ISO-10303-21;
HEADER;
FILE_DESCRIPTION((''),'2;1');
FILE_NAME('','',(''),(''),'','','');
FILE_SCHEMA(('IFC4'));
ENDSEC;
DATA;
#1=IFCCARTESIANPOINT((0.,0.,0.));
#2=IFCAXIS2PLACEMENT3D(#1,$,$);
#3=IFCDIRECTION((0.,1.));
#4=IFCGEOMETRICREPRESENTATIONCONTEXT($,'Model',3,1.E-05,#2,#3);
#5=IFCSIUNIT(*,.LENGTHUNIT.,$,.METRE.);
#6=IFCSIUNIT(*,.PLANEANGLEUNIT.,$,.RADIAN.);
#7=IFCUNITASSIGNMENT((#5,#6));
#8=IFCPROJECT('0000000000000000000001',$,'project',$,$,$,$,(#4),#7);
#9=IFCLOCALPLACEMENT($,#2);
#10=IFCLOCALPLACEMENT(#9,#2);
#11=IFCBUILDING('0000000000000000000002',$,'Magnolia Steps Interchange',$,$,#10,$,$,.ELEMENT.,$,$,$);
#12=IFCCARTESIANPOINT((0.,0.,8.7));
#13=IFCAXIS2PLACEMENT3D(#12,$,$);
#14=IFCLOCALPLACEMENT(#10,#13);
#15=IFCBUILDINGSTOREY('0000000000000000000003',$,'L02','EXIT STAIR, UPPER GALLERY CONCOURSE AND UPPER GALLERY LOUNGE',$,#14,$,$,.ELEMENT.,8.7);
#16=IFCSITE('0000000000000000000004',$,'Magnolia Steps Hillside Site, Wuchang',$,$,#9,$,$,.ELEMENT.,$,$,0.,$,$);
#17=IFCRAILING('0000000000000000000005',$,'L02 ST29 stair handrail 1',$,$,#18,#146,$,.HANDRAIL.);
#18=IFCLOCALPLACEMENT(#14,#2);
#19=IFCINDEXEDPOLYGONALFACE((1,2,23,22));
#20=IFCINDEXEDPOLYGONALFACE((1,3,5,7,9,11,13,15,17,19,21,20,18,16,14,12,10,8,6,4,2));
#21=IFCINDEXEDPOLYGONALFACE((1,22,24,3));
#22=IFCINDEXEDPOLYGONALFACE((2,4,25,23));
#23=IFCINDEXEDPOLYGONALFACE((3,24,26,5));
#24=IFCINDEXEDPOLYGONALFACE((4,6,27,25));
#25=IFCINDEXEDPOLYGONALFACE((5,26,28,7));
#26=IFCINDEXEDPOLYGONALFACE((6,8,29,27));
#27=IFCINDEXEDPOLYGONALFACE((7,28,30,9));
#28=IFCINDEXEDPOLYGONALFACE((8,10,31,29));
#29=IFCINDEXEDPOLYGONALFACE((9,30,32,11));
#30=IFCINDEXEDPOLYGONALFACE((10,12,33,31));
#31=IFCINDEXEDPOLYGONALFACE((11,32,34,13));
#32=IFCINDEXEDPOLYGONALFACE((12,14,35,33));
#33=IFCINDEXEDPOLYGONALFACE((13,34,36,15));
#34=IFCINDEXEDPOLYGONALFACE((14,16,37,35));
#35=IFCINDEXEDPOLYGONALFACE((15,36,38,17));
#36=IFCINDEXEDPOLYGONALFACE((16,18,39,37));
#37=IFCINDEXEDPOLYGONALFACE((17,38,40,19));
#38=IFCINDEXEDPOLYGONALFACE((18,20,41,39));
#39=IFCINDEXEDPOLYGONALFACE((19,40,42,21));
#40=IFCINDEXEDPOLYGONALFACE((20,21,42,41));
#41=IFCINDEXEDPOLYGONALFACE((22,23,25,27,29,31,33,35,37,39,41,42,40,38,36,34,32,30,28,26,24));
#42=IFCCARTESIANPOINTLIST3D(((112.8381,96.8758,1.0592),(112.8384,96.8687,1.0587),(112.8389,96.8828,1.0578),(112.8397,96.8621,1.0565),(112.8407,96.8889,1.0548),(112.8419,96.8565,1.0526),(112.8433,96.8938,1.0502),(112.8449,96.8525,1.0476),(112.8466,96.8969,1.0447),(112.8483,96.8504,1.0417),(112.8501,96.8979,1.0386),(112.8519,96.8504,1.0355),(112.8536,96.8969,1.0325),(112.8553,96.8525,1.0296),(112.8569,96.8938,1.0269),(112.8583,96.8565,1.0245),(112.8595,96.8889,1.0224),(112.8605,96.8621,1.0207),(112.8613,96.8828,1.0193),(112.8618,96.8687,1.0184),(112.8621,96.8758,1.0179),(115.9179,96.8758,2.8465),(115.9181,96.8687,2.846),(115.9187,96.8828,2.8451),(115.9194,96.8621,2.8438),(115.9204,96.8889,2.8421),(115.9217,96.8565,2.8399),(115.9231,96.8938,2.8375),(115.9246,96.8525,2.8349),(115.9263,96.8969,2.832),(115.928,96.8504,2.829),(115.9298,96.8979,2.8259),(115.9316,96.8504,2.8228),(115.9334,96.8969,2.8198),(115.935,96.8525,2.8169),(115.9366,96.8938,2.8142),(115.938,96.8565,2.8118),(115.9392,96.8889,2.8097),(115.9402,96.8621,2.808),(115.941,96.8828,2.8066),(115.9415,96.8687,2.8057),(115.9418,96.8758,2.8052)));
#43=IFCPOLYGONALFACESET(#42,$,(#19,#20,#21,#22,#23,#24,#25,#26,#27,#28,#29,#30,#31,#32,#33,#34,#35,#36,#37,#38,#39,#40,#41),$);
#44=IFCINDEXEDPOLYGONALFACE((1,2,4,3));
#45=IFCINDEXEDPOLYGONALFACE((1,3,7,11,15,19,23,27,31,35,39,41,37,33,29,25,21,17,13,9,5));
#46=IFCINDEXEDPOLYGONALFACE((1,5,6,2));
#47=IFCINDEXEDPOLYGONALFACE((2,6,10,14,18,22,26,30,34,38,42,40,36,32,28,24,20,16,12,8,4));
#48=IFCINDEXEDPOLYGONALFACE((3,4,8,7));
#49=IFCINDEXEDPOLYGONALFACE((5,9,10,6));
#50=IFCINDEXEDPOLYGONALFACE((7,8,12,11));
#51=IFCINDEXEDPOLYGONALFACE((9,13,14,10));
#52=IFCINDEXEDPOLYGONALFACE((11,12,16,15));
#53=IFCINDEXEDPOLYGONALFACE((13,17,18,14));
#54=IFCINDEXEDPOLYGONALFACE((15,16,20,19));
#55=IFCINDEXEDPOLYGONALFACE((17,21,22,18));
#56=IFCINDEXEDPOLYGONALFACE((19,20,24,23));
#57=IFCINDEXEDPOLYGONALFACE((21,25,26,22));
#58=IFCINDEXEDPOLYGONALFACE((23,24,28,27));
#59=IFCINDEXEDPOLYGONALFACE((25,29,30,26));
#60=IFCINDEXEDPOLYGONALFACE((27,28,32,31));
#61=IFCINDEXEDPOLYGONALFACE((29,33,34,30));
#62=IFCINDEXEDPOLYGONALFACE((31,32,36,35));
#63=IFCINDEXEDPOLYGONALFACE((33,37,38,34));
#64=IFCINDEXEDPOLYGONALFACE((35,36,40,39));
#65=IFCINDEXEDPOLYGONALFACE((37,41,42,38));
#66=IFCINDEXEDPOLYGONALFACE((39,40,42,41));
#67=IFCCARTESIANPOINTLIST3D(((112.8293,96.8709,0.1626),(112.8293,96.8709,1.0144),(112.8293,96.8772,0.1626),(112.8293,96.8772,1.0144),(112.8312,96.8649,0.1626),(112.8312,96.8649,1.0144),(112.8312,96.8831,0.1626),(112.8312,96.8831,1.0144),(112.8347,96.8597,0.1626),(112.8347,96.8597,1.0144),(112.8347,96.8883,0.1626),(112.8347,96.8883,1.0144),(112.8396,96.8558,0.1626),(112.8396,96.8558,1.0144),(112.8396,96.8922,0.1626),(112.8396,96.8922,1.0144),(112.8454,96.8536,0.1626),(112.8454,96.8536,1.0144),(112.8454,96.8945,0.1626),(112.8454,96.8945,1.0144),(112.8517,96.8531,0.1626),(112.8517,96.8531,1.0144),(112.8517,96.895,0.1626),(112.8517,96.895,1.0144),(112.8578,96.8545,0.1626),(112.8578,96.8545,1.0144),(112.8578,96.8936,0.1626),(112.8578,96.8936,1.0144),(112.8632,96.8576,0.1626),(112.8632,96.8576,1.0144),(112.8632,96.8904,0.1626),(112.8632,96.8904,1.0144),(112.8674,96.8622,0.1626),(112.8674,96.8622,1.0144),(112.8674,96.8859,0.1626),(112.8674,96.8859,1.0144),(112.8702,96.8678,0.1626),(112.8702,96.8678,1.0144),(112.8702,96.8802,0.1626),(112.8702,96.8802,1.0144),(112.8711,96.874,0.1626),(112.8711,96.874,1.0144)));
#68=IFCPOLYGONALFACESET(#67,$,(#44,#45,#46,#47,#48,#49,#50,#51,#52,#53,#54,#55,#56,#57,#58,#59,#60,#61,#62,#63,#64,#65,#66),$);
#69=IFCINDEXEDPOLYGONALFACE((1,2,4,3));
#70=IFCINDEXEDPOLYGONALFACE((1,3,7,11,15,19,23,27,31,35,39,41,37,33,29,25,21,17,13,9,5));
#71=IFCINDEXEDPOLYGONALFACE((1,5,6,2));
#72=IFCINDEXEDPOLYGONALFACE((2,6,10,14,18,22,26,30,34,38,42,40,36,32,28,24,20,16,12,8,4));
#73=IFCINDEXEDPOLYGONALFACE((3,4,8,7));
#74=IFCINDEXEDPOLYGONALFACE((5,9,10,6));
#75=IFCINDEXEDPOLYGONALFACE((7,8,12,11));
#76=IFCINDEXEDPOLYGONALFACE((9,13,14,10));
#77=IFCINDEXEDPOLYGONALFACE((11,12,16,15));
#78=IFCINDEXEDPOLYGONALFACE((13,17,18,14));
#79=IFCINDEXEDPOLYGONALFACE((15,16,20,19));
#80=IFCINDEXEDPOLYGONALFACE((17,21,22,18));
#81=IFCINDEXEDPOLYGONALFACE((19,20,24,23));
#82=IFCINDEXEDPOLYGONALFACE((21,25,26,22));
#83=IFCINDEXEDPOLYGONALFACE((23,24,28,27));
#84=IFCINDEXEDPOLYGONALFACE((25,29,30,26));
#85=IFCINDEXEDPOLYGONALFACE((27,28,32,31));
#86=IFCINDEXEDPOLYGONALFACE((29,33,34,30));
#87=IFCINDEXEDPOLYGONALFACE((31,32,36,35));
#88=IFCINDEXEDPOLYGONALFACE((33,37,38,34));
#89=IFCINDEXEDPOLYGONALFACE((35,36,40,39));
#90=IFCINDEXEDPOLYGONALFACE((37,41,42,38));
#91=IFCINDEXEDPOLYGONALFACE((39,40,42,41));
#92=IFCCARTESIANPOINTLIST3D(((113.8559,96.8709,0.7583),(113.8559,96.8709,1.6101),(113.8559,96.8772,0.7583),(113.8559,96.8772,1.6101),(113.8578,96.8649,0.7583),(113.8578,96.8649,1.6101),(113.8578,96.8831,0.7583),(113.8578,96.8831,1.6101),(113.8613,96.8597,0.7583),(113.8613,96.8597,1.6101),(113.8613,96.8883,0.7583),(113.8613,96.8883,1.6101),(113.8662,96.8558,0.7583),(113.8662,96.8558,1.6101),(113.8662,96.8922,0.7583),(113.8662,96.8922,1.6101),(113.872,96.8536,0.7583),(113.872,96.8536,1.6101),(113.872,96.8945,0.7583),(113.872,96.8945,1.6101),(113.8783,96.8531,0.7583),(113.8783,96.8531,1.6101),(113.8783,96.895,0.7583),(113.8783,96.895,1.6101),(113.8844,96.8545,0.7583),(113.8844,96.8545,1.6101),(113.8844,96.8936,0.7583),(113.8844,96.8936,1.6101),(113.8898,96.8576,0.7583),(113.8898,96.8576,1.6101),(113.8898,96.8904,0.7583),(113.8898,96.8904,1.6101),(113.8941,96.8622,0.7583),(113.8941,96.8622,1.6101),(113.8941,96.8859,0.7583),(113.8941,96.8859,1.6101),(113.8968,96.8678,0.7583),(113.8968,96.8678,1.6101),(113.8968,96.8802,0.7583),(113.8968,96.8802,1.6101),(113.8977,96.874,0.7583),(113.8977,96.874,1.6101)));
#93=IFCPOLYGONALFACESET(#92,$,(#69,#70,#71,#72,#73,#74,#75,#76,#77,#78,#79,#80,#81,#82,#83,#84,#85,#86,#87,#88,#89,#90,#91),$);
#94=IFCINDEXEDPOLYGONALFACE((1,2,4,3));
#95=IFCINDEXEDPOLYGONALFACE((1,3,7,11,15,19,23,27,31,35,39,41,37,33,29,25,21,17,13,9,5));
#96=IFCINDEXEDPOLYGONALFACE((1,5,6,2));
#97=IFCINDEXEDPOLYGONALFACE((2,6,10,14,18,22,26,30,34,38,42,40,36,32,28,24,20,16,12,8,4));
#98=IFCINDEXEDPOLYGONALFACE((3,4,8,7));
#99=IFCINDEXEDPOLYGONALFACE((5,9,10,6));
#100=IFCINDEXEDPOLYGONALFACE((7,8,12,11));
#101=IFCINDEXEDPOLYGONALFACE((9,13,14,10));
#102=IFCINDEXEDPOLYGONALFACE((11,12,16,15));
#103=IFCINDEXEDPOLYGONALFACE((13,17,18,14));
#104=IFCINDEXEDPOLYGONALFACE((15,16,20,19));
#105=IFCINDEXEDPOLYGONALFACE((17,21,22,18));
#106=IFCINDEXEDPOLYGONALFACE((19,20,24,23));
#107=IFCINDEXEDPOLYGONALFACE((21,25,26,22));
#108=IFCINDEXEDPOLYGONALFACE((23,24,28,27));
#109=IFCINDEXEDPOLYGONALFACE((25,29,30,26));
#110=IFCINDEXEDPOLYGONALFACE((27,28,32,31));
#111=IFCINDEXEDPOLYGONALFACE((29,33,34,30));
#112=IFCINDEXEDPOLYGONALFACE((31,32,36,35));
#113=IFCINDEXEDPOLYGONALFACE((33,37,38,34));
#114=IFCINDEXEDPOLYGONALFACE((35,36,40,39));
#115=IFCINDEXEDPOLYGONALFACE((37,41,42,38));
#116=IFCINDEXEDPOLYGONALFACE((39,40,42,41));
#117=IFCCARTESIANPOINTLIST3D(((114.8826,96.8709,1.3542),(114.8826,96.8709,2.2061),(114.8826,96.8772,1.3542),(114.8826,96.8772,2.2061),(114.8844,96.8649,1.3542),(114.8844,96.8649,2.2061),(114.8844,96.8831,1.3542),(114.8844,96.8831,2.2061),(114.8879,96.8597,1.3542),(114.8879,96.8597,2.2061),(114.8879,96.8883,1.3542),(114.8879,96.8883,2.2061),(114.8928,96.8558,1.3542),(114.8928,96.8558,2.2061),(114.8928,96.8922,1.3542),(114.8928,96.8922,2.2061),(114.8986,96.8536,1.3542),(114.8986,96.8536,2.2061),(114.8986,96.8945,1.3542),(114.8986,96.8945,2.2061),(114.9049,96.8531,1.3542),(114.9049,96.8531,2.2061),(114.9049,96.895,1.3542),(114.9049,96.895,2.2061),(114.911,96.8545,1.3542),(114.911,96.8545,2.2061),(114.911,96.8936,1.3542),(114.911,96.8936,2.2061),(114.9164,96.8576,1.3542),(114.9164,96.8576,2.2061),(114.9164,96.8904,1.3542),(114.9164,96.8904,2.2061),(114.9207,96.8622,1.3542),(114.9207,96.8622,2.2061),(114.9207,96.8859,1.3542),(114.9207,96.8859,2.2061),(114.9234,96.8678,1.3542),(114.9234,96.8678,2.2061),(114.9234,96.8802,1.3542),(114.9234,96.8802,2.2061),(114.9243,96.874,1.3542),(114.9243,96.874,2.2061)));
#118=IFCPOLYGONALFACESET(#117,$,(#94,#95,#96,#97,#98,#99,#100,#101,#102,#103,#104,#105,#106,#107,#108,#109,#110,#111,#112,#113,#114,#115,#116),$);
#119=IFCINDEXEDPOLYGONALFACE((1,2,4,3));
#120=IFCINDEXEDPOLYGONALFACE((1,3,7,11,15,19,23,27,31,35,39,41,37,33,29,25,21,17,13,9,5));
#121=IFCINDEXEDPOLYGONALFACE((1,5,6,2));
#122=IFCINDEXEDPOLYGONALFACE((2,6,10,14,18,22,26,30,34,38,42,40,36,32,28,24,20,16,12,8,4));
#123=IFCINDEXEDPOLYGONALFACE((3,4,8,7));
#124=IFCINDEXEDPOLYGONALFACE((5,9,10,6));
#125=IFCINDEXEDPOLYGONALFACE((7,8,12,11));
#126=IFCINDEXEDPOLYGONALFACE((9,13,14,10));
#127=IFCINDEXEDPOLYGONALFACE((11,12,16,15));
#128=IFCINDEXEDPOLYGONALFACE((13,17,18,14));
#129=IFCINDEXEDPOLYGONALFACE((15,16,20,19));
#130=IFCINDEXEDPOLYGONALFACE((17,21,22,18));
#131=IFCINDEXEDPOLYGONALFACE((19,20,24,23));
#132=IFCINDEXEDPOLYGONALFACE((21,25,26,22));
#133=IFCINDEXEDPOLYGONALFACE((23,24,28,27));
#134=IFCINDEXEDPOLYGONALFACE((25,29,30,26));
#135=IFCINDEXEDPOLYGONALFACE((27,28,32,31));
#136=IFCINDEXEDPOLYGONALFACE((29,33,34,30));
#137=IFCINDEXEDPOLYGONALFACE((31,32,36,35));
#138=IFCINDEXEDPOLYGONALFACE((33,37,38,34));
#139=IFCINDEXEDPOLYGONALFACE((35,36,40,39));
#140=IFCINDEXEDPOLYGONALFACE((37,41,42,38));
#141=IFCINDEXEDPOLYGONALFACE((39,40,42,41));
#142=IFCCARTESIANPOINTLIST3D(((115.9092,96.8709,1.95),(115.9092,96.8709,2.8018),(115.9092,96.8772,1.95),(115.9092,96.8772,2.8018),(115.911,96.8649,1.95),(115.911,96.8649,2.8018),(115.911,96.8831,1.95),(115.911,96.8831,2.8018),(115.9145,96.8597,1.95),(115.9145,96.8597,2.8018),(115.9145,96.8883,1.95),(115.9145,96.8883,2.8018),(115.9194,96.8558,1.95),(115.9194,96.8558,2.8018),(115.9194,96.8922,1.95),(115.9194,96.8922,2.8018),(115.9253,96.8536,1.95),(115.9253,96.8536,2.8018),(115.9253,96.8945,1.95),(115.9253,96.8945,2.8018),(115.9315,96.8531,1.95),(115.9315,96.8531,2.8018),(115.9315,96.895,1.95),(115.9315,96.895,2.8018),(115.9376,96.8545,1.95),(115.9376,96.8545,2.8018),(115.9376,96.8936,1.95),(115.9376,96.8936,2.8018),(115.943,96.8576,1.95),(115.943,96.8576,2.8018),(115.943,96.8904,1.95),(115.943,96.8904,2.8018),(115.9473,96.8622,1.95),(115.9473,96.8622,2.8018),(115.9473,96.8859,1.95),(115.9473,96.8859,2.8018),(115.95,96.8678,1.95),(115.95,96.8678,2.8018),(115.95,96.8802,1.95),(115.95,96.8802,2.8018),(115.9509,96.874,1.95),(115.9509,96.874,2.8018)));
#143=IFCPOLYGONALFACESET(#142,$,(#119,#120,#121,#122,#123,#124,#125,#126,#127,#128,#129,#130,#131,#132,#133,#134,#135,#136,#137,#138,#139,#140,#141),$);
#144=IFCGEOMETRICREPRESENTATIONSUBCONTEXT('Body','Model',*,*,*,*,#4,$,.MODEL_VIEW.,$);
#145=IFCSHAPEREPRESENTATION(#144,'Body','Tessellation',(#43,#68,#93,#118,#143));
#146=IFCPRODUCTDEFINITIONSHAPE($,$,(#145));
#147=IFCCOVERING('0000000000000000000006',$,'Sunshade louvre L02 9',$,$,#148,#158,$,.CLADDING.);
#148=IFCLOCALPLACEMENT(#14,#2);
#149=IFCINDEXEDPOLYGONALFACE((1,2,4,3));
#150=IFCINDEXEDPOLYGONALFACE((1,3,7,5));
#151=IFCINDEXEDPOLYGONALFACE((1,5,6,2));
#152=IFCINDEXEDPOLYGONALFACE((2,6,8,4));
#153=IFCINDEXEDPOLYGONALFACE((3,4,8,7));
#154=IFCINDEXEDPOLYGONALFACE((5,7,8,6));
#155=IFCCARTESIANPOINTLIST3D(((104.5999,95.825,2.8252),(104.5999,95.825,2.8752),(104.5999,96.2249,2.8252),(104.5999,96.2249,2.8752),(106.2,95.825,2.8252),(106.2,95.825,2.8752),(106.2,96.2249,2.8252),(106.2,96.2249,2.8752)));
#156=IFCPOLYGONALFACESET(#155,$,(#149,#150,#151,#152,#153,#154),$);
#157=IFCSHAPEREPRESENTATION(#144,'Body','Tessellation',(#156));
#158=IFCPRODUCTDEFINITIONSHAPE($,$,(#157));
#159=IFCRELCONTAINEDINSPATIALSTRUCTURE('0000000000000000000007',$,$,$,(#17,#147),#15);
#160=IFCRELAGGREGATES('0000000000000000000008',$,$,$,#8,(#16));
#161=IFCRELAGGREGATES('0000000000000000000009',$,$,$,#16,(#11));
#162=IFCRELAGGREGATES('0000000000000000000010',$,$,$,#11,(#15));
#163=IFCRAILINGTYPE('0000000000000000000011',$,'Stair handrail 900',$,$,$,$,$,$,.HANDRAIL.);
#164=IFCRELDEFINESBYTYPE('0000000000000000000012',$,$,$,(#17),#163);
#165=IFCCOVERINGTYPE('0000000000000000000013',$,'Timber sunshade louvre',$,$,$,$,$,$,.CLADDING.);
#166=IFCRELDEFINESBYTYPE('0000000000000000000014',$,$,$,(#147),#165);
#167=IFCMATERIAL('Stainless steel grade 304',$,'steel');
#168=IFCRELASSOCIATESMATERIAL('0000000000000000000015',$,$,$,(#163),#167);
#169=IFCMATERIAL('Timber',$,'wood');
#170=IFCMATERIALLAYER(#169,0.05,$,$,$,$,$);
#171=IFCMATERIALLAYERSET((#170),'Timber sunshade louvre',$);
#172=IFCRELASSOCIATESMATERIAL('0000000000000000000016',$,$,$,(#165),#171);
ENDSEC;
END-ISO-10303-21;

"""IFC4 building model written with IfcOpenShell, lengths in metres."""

from ifc_helpers import new_model, si_unit, direction, frame, origin, origin_2d, place, context, subcontext, project, spatial, rectangle, circle, extrude, material, layer, layer_set, type_object, element, save


model = new_model("IFC4")

# Units and contexts
model_context = context("Model", 3, precision=1e-05, world=origin(), true_north=direction((0.0, 1.0)))
body_context = subcontext(model_context, "Body", "Model", "MODEL_VIEW")
ifc_project = project(units=[si_unit("LENGTHUNIT", "METRE"), si_unit("PLANEANGLEUNIT", "RADIAN")], contexts=[model_context])

# Site, building, storey
site_placement = place(None, origin())
site = spatial("IfcSite", under=ifc_project, at=site_placement, Name="Magnolia Steps Hillside Site, Wuchang", CompositionType="ELEMENT", RefElevation=0.0)
building_placement = place(site_placement, origin())
building = spatial("IfcBuilding", under=site, at=building_placement, Name="Magnolia Steps Interchange", CompositionType="ELEMENT")
storey_placement = place(building_placement, frame((0.0, 0.0, 8.7)))
storey = spatial("IfcBuildingStorey", under=building, at=storey_placement, Name="L02", Description="EXIT STAIR, UPPER GALLERY CONCOURSE AND UPPER GALLERY LOUNGE", CompositionType="ELEMENT", Elevation=8.7)

# Railing
ifc_material_1 = material(Name="Stainless steel grade 304", Category="steel")
railing_type_1 = type_object("IfcRailingType", Name="Stair handrail 900", PredefinedType="HANDRAIL", material=ifc_material_1)
railing_1_placement = place(storey_placement, frame((112.8501, 96.874, 0.1626)))
element("IfcRailing", 1, at=railing_1_placement, inside=storey, type_object=railing_type_1, Name="L02 ST29 stair handrail 1", PredefinedType="HANDRAIL", context=body_context, shape_type="SweptSolid", body=[
    extrude(circle(Radius=0.0239, at=origin_2d()), frame((0.0, 0.0, 0.876), z_axis=(0.864903, 0.0, 0.501939), x_axis=(0.0, 1.0, 0.0)), (0.0, 0.0, 1.0), 3.5608),
    extrude(circle(Radius=0.021, at=origin_2d()), origin(), (0.0, 0.0, 1.0), 0.8518),
    extrude(circle(Radius=0.021, at=origin_2d()), frame((1.0266, 0.0, 0.5957)), (0.0, 0.0, 1.0), 0.8518),
    extrude(circle(Radius=0.021, at=origin_2d()), frame((2.0532, 0.0, 1.1917)), (0.0, 0.0, 1.0), 0.8518),
    extrude(circle(Radius=0.021, at=origin_2d()), frame((3.0798, 0.0, 1.7874)), (0.0, 0.0, 1.0), 0.8518),
])

# Covering
ifc_material_2 = material(Name="Timber", Category="wood")
ifc_layer_1 = layer(ifc_material_2, 0.05)
ifc_layer_set_1 = layer_set([ifc_layer_1], Name="Timber sunshade louvre")
covering_type_1 = type_object("IfcCoveringType", Name="Timber sunshade louvre", PredefinedType="CLADDING", material=ifc_layer_set_1)
covering_1_placement = place(storey_placement, frame((105.3999, 96.0249, 2.8252), z_axis=(0.0, 0.0, 1.0), x_axis=(1.0, 0.0, 0.0)))
element("IfcCovering", 2, at=covering_1_placement, inside=storey, type_object=covering_type_1, Name="Sunshade louvre L02 9", PredefinedType="CLADDING", context=body_context, shape_type="SweptSolid", body=[
    extrude(rectangle(XDim=1.6001, YDim=0.3999, at=origin_2d()), origin(), (0.0, 0.0, 1.0), 0.05),
])

save(model, "model.ifc")
